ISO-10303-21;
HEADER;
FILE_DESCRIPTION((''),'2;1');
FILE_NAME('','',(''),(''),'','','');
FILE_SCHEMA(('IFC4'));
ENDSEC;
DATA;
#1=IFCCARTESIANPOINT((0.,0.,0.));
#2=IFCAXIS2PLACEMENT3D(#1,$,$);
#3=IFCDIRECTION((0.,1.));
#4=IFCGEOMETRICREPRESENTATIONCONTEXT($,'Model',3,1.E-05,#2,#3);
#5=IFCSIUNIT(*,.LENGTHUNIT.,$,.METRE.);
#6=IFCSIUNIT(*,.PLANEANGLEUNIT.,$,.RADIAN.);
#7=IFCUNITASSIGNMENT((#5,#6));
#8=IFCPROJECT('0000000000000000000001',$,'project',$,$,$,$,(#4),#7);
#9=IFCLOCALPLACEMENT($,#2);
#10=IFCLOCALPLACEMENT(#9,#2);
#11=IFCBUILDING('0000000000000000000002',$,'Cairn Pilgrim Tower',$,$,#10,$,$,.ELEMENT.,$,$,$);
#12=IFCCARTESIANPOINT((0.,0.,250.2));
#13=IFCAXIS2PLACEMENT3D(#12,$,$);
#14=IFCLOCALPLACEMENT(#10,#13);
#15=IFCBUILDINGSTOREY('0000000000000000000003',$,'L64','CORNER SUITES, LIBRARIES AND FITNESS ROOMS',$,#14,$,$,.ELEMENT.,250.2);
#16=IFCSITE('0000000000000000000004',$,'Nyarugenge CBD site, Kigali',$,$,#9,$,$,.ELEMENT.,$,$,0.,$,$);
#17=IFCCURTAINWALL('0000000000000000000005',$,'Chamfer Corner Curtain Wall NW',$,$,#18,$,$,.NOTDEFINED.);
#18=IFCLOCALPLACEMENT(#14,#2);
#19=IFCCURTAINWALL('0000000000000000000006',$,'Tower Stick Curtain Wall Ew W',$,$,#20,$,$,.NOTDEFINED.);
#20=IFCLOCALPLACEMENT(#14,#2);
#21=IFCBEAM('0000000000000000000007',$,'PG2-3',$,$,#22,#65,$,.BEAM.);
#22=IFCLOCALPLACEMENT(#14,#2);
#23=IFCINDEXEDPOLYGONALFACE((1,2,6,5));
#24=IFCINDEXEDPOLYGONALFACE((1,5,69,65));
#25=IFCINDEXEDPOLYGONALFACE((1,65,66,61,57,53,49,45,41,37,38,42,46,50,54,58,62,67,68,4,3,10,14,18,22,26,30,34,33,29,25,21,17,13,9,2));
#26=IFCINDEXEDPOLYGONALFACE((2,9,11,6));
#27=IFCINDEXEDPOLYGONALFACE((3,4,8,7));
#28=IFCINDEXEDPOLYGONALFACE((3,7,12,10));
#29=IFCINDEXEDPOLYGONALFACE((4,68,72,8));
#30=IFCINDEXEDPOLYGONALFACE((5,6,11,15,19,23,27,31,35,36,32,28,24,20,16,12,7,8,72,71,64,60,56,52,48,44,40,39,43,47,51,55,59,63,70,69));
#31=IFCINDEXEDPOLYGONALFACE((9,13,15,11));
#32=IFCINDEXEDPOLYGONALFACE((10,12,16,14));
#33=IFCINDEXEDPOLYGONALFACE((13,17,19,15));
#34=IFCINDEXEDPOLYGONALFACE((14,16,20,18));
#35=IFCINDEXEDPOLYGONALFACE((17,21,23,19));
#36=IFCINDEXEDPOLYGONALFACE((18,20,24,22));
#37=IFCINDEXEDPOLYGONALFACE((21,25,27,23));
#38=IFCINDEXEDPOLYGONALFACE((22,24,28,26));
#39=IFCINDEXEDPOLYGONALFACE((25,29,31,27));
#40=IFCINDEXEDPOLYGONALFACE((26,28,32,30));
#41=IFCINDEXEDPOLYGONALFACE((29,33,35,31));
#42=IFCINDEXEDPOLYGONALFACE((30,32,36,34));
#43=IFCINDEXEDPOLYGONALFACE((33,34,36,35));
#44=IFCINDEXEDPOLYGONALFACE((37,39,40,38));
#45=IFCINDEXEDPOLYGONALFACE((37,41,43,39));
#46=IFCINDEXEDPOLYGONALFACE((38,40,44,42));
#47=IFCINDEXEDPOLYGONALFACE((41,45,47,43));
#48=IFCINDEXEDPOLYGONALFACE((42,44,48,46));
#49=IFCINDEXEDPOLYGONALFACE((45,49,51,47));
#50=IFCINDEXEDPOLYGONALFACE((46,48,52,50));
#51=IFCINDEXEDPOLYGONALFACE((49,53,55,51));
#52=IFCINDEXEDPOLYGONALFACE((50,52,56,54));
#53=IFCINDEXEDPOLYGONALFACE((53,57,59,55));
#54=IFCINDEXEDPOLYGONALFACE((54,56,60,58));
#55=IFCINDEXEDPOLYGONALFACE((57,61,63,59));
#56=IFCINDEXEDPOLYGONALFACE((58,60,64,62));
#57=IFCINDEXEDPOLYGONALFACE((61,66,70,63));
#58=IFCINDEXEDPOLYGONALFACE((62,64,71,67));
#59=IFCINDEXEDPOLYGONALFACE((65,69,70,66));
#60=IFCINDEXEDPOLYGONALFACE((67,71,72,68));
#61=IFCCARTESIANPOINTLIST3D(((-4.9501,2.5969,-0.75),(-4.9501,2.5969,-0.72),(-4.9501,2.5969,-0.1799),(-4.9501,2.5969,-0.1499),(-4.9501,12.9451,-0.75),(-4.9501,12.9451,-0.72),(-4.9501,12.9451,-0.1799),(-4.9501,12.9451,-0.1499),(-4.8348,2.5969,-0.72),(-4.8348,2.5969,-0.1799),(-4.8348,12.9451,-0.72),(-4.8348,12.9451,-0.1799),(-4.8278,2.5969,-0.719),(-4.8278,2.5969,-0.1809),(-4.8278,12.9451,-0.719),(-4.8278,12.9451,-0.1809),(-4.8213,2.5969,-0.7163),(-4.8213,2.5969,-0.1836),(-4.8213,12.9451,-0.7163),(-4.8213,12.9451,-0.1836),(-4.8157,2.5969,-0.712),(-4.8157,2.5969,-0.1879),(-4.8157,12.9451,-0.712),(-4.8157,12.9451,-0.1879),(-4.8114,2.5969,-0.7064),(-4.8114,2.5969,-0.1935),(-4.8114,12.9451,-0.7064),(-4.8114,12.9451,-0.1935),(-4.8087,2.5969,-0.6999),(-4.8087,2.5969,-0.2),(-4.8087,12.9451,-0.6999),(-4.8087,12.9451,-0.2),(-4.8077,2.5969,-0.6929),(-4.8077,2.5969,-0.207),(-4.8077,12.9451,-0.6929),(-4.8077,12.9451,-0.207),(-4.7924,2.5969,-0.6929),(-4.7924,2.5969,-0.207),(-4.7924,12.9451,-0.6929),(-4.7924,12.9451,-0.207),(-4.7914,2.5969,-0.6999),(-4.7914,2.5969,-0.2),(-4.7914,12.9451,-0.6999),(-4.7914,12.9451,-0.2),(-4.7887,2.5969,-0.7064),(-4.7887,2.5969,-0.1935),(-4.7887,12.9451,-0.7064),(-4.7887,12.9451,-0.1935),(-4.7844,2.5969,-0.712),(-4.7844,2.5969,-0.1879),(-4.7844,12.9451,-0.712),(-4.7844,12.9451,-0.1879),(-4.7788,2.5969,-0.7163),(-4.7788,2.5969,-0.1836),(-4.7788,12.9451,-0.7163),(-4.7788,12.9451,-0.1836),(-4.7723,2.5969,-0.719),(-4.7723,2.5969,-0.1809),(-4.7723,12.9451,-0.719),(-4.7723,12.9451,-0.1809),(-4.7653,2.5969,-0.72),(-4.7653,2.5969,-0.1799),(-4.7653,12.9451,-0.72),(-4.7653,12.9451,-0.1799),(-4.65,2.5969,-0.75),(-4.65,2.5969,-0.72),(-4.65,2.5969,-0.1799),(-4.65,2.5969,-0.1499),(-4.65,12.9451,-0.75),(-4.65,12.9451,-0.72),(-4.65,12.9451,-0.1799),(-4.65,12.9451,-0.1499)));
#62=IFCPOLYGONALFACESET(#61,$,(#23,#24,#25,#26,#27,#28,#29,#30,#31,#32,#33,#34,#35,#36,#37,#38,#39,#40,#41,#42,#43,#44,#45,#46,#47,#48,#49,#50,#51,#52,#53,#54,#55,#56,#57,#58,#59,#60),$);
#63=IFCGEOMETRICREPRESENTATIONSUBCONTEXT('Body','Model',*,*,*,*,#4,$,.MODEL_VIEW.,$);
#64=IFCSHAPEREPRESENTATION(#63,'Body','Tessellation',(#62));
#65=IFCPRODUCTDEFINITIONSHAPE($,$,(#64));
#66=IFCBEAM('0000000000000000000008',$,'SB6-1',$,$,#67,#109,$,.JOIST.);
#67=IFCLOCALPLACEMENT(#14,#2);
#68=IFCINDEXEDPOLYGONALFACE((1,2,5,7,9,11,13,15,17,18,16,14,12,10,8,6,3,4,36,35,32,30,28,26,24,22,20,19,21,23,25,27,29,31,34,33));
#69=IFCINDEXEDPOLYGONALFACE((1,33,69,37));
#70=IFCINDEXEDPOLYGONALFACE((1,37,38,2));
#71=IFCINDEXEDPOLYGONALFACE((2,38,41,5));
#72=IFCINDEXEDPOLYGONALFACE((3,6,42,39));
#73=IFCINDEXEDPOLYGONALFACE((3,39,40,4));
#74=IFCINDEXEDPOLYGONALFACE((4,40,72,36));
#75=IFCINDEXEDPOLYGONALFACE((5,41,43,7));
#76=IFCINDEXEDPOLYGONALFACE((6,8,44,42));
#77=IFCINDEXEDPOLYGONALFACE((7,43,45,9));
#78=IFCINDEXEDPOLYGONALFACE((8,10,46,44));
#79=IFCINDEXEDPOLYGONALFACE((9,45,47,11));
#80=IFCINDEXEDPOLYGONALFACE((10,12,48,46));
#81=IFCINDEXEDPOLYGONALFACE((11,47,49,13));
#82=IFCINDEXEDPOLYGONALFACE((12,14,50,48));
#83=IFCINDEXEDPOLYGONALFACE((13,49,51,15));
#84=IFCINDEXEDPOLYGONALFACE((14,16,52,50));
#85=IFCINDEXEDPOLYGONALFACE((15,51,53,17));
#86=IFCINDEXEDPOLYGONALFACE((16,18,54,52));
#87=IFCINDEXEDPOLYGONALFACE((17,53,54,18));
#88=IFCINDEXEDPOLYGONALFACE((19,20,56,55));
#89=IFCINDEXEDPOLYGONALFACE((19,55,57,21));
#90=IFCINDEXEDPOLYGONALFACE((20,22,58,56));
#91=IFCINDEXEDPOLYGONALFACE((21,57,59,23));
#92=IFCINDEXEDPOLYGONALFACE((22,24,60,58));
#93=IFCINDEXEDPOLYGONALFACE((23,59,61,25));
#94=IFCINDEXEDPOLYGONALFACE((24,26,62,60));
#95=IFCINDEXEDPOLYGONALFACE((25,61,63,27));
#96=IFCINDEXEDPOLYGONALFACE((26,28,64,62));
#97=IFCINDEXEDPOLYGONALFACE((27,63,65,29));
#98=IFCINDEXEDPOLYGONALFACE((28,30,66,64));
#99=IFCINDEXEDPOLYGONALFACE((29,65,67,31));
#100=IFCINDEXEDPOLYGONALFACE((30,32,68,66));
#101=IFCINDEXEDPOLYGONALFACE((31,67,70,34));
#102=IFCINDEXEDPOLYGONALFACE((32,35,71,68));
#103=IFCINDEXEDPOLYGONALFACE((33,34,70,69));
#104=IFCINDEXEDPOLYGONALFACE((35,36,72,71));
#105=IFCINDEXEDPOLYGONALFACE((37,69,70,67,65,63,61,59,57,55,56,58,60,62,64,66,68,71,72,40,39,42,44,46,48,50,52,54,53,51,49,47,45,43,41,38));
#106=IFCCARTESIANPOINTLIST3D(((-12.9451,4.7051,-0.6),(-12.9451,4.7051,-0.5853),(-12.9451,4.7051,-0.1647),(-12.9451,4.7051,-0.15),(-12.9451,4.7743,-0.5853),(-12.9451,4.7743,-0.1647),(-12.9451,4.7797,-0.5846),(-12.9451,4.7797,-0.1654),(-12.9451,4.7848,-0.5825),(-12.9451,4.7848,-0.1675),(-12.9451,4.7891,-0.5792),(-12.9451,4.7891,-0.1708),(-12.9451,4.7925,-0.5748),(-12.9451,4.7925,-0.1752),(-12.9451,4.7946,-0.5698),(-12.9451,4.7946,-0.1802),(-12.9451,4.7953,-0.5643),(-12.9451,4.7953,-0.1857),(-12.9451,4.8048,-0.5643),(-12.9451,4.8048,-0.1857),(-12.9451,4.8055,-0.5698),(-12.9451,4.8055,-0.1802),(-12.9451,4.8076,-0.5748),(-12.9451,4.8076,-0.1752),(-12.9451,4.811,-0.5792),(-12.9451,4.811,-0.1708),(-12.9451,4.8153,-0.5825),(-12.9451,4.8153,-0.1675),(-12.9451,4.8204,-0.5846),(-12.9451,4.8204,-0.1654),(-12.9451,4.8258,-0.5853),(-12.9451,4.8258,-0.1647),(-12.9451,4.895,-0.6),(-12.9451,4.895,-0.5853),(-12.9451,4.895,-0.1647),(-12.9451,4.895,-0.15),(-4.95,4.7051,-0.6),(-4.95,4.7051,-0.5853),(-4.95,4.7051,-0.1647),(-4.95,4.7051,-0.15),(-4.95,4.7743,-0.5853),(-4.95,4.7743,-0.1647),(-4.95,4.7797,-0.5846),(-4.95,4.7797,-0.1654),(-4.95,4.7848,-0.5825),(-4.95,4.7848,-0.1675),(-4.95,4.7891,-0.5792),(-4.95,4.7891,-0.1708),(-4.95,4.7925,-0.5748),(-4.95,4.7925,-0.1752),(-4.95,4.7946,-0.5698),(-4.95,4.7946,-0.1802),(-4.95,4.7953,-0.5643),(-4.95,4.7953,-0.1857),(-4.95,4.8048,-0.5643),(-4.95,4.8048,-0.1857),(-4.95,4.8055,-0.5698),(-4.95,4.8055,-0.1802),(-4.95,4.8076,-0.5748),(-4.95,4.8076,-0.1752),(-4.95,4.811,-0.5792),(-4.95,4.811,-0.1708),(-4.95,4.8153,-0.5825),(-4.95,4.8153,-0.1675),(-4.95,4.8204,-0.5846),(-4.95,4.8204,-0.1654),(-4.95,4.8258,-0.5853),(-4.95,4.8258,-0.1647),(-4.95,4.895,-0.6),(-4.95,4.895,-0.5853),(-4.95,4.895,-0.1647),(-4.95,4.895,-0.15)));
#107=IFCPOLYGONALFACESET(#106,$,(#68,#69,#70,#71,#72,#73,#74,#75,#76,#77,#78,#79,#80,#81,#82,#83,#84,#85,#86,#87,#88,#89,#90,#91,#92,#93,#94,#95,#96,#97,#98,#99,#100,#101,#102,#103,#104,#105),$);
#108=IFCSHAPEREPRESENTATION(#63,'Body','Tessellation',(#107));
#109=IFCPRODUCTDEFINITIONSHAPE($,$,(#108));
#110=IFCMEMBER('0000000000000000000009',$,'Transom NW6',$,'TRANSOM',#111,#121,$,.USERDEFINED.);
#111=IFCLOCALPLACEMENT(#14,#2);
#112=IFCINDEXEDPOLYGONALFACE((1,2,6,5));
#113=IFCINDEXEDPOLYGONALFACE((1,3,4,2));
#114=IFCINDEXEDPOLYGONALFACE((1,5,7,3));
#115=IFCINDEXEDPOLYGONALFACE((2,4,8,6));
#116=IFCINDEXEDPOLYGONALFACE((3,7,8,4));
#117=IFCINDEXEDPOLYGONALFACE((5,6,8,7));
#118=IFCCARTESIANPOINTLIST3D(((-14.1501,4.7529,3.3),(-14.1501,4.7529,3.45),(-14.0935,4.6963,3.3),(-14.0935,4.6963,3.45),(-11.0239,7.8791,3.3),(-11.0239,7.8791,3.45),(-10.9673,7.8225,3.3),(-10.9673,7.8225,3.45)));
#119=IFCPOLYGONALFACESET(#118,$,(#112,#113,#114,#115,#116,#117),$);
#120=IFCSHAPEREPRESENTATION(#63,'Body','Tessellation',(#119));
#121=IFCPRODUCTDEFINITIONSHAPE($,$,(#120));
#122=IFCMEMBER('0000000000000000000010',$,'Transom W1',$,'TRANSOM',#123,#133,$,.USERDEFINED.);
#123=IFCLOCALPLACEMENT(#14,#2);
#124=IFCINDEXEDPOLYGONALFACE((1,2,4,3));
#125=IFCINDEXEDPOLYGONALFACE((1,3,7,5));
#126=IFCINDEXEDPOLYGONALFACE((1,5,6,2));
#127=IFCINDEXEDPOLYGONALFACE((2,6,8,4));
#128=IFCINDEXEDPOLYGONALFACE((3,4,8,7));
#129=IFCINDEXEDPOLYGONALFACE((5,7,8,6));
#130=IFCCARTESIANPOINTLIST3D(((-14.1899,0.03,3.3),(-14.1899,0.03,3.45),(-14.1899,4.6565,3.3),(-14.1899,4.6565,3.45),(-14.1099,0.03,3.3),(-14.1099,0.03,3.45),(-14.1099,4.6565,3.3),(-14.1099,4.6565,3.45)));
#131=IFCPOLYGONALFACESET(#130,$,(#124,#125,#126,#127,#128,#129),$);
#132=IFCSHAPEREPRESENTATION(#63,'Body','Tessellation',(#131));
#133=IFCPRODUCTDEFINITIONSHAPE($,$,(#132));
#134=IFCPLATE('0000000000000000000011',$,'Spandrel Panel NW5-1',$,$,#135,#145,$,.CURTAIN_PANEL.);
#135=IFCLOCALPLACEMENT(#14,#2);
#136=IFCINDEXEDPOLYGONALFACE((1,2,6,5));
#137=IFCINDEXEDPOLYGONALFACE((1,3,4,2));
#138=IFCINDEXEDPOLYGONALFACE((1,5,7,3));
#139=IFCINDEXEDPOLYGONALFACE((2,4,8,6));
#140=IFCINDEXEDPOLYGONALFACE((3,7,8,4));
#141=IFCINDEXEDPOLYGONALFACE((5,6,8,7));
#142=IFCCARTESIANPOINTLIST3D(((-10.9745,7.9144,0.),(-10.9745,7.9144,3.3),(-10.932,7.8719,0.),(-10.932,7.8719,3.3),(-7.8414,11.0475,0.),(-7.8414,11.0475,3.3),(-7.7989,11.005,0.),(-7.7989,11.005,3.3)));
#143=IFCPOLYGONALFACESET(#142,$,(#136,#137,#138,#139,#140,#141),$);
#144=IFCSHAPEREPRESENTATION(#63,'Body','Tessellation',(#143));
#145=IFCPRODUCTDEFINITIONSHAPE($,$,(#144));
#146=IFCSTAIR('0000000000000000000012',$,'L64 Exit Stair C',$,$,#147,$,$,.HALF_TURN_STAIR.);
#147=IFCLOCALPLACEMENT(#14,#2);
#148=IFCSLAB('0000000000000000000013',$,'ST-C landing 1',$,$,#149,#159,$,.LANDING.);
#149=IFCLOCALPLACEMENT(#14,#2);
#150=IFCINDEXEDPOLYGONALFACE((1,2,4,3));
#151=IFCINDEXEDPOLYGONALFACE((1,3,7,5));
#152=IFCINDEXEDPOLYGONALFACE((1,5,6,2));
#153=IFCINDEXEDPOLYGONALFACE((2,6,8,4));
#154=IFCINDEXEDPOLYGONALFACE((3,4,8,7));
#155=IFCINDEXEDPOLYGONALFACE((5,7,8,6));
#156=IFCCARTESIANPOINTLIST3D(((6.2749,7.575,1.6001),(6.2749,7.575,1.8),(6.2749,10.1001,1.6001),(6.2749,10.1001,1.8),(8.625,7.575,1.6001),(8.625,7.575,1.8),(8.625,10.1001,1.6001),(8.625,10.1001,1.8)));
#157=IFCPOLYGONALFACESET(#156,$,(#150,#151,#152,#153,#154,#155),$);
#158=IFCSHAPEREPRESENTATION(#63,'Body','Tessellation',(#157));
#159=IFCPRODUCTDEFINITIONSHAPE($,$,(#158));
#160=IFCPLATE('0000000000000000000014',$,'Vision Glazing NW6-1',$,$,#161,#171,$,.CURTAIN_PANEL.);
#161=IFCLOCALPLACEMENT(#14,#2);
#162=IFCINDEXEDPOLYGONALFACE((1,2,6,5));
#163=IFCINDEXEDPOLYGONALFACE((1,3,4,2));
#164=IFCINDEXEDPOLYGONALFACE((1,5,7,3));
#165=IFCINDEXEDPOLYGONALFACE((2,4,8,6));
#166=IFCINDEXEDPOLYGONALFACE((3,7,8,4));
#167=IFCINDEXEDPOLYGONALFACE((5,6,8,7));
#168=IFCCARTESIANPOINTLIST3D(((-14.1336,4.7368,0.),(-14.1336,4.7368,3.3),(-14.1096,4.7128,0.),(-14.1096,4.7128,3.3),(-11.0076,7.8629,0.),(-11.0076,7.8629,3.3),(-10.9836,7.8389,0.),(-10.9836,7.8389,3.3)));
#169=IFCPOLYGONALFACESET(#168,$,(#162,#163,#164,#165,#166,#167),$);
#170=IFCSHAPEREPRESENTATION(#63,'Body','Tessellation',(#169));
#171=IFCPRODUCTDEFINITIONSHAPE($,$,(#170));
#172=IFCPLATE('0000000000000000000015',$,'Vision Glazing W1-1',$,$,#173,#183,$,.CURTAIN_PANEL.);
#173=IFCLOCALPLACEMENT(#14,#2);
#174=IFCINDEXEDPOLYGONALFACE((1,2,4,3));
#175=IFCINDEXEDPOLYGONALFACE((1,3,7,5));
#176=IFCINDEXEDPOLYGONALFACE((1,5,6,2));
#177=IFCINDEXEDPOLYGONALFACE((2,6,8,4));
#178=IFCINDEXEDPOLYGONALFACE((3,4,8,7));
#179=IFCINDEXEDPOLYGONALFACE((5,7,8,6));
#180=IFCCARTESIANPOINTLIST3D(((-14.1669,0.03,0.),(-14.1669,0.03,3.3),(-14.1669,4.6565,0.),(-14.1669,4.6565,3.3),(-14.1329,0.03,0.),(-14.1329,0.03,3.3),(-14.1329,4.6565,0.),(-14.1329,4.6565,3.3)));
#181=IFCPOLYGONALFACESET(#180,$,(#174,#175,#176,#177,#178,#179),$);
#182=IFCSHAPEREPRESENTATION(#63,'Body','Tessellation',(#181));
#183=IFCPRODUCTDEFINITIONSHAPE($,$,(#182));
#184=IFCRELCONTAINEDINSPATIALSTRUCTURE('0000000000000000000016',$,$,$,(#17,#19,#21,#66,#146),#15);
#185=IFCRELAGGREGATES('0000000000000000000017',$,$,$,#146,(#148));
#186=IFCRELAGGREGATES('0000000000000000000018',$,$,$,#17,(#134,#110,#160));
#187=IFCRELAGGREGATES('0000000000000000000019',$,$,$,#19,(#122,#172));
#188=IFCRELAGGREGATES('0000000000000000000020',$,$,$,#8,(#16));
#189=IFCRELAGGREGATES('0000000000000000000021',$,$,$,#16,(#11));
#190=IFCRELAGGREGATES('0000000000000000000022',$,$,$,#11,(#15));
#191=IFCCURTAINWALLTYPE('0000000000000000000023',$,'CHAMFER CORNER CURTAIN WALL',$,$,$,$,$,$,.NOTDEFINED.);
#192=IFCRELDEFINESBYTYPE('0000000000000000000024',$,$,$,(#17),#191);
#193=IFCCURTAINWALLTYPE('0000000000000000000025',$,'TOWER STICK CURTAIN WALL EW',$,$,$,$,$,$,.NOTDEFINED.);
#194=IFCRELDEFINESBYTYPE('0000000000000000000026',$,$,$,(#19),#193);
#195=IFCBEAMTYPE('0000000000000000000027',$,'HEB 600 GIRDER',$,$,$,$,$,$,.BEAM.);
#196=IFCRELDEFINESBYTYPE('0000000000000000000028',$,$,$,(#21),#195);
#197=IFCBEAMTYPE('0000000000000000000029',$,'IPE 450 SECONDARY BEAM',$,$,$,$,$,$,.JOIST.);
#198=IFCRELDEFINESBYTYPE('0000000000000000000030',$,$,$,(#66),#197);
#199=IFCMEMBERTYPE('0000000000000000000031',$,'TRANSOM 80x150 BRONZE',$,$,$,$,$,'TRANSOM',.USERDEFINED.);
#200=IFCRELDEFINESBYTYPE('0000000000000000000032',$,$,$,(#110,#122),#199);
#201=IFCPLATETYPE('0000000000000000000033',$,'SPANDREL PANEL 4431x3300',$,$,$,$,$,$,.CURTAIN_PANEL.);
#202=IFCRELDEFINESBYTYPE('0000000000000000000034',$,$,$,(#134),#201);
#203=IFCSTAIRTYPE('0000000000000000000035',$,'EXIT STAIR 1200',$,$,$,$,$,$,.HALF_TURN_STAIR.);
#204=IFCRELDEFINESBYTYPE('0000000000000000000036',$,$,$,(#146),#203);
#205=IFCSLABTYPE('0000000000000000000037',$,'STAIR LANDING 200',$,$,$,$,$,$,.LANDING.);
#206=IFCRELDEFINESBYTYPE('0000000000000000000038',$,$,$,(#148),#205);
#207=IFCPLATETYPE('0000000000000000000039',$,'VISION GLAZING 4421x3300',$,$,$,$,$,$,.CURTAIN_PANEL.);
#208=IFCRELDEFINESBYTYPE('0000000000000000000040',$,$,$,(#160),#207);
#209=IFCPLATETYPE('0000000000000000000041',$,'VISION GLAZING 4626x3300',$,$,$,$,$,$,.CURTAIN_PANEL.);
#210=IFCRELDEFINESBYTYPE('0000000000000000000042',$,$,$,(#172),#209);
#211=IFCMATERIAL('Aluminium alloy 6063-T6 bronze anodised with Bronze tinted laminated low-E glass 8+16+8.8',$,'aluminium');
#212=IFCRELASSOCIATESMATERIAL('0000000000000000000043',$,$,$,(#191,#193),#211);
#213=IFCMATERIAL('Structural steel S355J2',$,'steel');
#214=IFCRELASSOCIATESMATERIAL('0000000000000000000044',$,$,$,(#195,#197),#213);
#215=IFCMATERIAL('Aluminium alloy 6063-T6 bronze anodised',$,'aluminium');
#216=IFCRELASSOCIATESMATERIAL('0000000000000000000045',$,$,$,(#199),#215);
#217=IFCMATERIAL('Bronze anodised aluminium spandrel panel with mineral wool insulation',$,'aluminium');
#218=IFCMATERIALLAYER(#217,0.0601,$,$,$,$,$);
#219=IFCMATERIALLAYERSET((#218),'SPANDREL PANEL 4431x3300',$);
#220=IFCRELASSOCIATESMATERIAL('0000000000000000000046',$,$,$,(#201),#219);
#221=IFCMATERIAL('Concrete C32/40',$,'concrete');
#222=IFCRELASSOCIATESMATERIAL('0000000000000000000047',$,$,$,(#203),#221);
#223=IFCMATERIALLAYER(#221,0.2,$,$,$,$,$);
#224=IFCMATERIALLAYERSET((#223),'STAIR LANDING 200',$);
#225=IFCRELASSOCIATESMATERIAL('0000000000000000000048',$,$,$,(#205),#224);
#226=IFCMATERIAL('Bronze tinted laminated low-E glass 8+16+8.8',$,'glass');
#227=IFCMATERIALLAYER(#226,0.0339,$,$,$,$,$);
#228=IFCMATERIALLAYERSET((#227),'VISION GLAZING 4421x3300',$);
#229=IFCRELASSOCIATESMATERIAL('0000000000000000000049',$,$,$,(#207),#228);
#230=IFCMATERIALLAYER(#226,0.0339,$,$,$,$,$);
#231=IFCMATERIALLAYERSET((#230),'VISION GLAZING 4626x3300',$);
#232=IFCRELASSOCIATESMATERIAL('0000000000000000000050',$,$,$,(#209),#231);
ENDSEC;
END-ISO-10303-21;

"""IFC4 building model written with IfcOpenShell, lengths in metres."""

from ifc_helpers import new_model, si_unit, direction, frame, origin, origin_2d, place, context, subcontext, project, spatial, polyline, rectangle, i_section, outline, extrude, material, layer, layer_set, material_profile, profile_set, type_object, element, aggregate, save


model = new_model("IFC4")

# Units and contexts
model_context = context("Model", 3, precision=1e-05, world=origin(), true_north=direction((0.0, 1.0)))
body_context = subcontext(model_context, "Body", "Model", "MODEL_VIEW")
ifc_project = project(units=[si_unit("LENGTHUNIT", "METRE"), si_unit("PLANEANGLEUNIT", "RADIAN")], contexts=[model_context])

# Site, building, storey
site_placement = place(None, origin())
site = spatial("IfcSite", under=ifc_project, at=site_placement, Name="Nyarugenge CBD site, Kigali", CompositionType="ELEMENT", RefElevation=0.0)
building_placement = place(site_placement, origin())
building = spatial("IfcBuilding", under=site, at=building_placement, Name="Cairn Pilgrim Tower", CompositionType="ELEMENT")
storey_placement = place(building_placement, frame((0.0, 0.0, 250.2)))
storey = spatial("IfcBuildingStorey", under=building, at=storey_placement, Name="L64", Description="CORNER SUITES, LIBRARIES AND FITNESS ROOMS", CompositionType="ELEMENT", Elevation=250.2)

# Shared definitions
ifc_material_1 = material(Name="Structural steel S355J2", Category="steel")

# Curtain walls
ifc_material_2 = material(Name="Aluminium alloy 6063-T6 bronze anodised with Bronze tinted laminated low-E glass 8+16+8.8", Category="aluminium")
curtain_wall_type_1 = type_object("IfcCurtainWallType", Name="CHAMFER CORNER CURTAIN WALL", PredefinedType="NOTDEFINED", material=ifc_material_2)
curtain_wall_1_placement = place(storey_placement, origin())
curtain_wall_1 = element("IfcCurtainWall", 1, at=curtain_wall_1_placement, inside=storey, type_object=curtain_wall_type_1, Name="Chamfer Corner Curtain Wall NW", PredefinedType="NOTDEFINED")
ifc_material_3 = material(Name="Aluminium alloy 6063-T6 bronze anodised", Category="aluminium")
curtain_wall_type_2 = type_object("IfcCurtainWallType", Name="TOWER STICK CURTAIN WALL EW", PredefinedType="NOTDEFINED", material=ifc_material_2)
curtain_wall_2_placement = place(storey_placement, origin())
curtain_wall_2 = element("IfcCurtainWall", 2, at=curtain_wall_2_placement, inside=storey, type_object=curtain_wall_type_2, Name="Tower Stick Curtain Wall Ew W", PredefinedType="NOTDEFINED")

# Beams
ifc_material_profile_1 = material_profile(ifc_material_1, i_section(OverallWidth=0.3, OverallDepth=0.6001, WebThickness=0.0154, FlangeThickness=0.03, FilletRadius=0.0271, at=origin_2d()), Name="HEB 600")
ifc_profile_set_1 = profile_set([ifc_material_profile_1], Name="Structural steel S355J2")
beam_type_1 = type_object("IfcBeamType", Name="HEB 600 GIRDER", PredefinedType="BEAM", material=ifc_profile_set_1)
beam_1_placement = place(storey_placement, frame((-4.8, 2.5969, -0.45), z_axis=(0.0, 1.0, 0.0), x_axis=(-1.0, 0.0, 0.0)))
element("IfcBeam", 3, at=beam_1_placement, inside=storey, type_object=beam_type_1, Name="PG2-3", PredefinedType="BEAM", context=body_context, shape_type="SweptSolid", body=[
    extrude(i_section(OverallWidth=0.3, OverallDepth=0.6001, WebThickness=0.0154, FlangeThickness=0.03, FilletRadius=0.0271, at=origin_2d()), origin(), (0.0, 0.0, 1.0), 10.3481),
])
ifc_material_profile_2 = material_profile(ifc_material_1, i_section(OverallWidth=0.1899, OverallDepth=0.45, WebThickness=0.0095, FlangeThickness=0.0146, FilletRadius=0.021, at=origin_2d()), Name="IPE 450")
ifc_profile_set_2 = profile_set([ifc_material_profile_2], Name="Structural steel S355J2")
beam_type_2 = type_object("IfcBeamType", Name="IPE 450 SECONDARY BEAM", PredefinedType="JOIST", material=ifc_profile_set_2)
beam_2_placement = place(storey_placement, frame((-12.9451, 4.8, -0.375), z_axis=(1.0, 0.0, 0.0), x_axis=(0.0, 1.0, 0.0)))
element("IfcBeam", 4, at=beam_2_placement, inside=storey, type_object=beam_type_2, Name="SB6-1", PredefinedType="JOIST", context=body_context, shape_type="SweptSolid", body=[
    extrude(i_section(OverallWidth=0.1899, OverallDepth=0.45, WebThickness=0.0095, FlangeThickness=0.0146, FilletRadius=0.021, at=origin_2d()), origin(), (0.0, 0.0, 1.0), 7.9951),
])

# Members
ifc_material_profile_3 = material_profile(ifc_material_3, rectangle(XDim=0.0801, YDim=0.1499, at=origin_2d()), Name="TRANSOM 80x150 BRONZE")
ifc_profile_set_3 = profile_set([ifc_material_profile_3], Name="Aluminium alloy 6063-T6 bronze anodised")
member_type_1 = type_object("IfcMemberType", Name="TRANSOM 80x150 BRONZE", ElementType="TRANSOM", PredefinedType="USERDEFINED", material=ifc_profile_set_3)
member_1_placement = place(storey_placement, frame((-10.9956, 7.8508, 3.375), z_axis=(-0.707107, -0.707107, 0.0), x_axis=(0.707107, -0.707107, 0.0)))
member_1 = element("IfcMember", 5, at=member_1_placement, type_object=member_type_1, Name="Transom NW6", ObjectType="TRANSOM", PredefinedType="USERDEFINED", context=body_context, shape_type="SweptSolid", body=[
    extrude(rectangle(XDim=0.0801, YDim=0.1499, at=origin_2d()), origin(), (0.0, 0.0, 1.0), 4.4211),
])
member_2_placement = place(storey_placement, frame((-14.1499, 4.6565, 3.375), z_axis=(0.0, -1.0, 0.0), x_axis=(1.0, 0.0, 0.0)))
member_2 = element("IfcMember", 6, at=member_2_placement, type_object=member_type_1, Name="Transom W1", ObjectType="TRANSOM", PredefinedType="USERDEFINED", context=body_context, shape_type="SweptSolid", body=[
    extrude(rectangle(XDim=0.0801, YDim=0.1499, at=origin_2d()), origin(), (0.0, 0.0, 1.0), 4.6265),
])

# Plate
ifc_material_4 = material(Name="Bronze anodised aluminium spandrel panel with mineral wool insulation", Category="aluminium")
ifc_layer_1 = layer(ifc_material_4, 0.0601)
ifc_layer_set_1 = layer_set([ifc_layer_1], Name="SPANDREL PANEL 4431x3300")
plate_type_1 = type_object("IfcPlateType", Name="SPANDREL PANEL 4431x3300", PredefinedType="CURTAIN_PANEL", material=ifc_layer_set_1)
plate_1_placement = place(storey_placement, frame((-9.3867, 9.4597, 0.0), z_axis=(0.0, 0.0, 1.0), x_axis=(-0.707107, -0.707107, 0.0)))
plate_1 = element("IfcPlate", 7, at=plate_1_placement, type_object=plate_type_1, Name="Spandrel Panel NW5-1", PredefinedType="CURTAIN_PANEL", context=body_context, shape_type="SweptSolid", body=[
    extrude(rectangle(XDim=4.4309, YDim=0.0601, at=origin_2d()), origin(), (0.0, 0.0, 1.0), 3.3),
])

# Stair, slab
ifc_material_5 = material(Name="Concrete C32/40", Category="concrete")
stair_type = type_object("IfcStairType", Name="EXIT STAIR 1200", PredefinedType="HALF_TURN_STAIR", material=ifc_material_5)
stair_placement = place(storey_placement, origin())
stair = element("IfcStair", 8, at=stair_placement, inside=storey, type_object=stair_type, Name="L64 Exit Stair C", PredefinedType="HALF_TURN_STAIR")
ifc_layer_2 = layer(ifc_material_5, 0.2)
ifc_layer_set_2 = layer_set([ifc_layer_2], Name="STAIR LANDING 200")
slab_type = type_object("IfcSlabType", Name="STAIR LANDING 200", PredefinedType="LANDING", material=ifc_layer_set_2)
slab_placement = place(storey_placement, frame((0.0, 0.0, 1.6001)))
slab = element("IfcSlab", 9, at=slab_placement, type_object=slab_type, Name="ST-C landing 1", PredefinedType="LANDING", context=body_context, shape_type="SweptSolid", body=[
    extrude(outline(polyline([(8.625, 10.1001), (6.2749, 10.1001), (6.2749, 7.575), (8.625, 7.575), (8.625, 10.1001)])), origin(), (0.0, 0.0, 1.0), 0.2),
])
aggregate(stair, [slab])

# Plates
ifc_material_6 = material(Name="Bronze tinted laminated low-E glass 8+16+8.8", Category="glass")
ifc_layer_3 = layer(ifc_material_6, 0.0339)
ifc_layer_set_3 = layer_set([ifc_layer_3], Name="VISION GLAZING 4421x3300")
plate_type_2 = type_object("IfcPlateType", Name="VISION GLAZING 4421x3300", PredefinedType="CURTAIN_PANEL", material=ifc_layer_set_3)
plate_2_placement = place(storey_placement, frame((-12.5586, 6.2878, 0.0), z_axis=(0.0, 0.0, 1.0), x_axis=(-0.707107, -0.707107, 0.0)))
plate_2 = element("IfcPlate", 10, at=plate_2_placement, type_object=plate_type_2, Name="Vision Glazing NW6-1", PredefinedType="CURTAIN_PANEL", context=body_context, shape_type="SweptSolid", body=[
    extrude(rectangle(XDim=4.4209, YDim=0.0339, at=origin_2d()), origin(), (0.0, 0.0, 1.0), 3.3),
])
aggregate(curtain_wall_1, [plate_1, member_1, plate_2])
ifc_layer_4 = layer(ifc_material_6, 0.0339)
ifc_layer_set_4 = layer_set([ifc_layer_4], Name="VISION GLAZING 4626x3300")
plate_type_3 = type_object("IfcPlateType", Name="VISION GLAZING 4626x3300", PredefinedType="CURTAIN_PANEL", material=ifc_layer_set_4)
plate_3_placement = place(storey_placement, frame((-14.1499, 2.3433, 0.0), z_axis=(0.0, 0.0, 1.0), x_axis=(0.0, -1.0, 0.0)))
plate_3 = element("IfcPlate", 11, at=plate_3_placement, type_object=plate_type_3, Name="Vision Glazing W1-1", PredefinedType="CURTAIN_PANEL", context=body_context, shape_type="SweptSolid", body=[
    extrude(rectangle(XDim=4.6265, YDim=0.0339, at=origin_2d()), origin(), (0.0, 0.0, 1.0), 3.3),
])
aggregate(curtain_wall_2, [member_2, plate_3])

save(model, "model.ifc")
